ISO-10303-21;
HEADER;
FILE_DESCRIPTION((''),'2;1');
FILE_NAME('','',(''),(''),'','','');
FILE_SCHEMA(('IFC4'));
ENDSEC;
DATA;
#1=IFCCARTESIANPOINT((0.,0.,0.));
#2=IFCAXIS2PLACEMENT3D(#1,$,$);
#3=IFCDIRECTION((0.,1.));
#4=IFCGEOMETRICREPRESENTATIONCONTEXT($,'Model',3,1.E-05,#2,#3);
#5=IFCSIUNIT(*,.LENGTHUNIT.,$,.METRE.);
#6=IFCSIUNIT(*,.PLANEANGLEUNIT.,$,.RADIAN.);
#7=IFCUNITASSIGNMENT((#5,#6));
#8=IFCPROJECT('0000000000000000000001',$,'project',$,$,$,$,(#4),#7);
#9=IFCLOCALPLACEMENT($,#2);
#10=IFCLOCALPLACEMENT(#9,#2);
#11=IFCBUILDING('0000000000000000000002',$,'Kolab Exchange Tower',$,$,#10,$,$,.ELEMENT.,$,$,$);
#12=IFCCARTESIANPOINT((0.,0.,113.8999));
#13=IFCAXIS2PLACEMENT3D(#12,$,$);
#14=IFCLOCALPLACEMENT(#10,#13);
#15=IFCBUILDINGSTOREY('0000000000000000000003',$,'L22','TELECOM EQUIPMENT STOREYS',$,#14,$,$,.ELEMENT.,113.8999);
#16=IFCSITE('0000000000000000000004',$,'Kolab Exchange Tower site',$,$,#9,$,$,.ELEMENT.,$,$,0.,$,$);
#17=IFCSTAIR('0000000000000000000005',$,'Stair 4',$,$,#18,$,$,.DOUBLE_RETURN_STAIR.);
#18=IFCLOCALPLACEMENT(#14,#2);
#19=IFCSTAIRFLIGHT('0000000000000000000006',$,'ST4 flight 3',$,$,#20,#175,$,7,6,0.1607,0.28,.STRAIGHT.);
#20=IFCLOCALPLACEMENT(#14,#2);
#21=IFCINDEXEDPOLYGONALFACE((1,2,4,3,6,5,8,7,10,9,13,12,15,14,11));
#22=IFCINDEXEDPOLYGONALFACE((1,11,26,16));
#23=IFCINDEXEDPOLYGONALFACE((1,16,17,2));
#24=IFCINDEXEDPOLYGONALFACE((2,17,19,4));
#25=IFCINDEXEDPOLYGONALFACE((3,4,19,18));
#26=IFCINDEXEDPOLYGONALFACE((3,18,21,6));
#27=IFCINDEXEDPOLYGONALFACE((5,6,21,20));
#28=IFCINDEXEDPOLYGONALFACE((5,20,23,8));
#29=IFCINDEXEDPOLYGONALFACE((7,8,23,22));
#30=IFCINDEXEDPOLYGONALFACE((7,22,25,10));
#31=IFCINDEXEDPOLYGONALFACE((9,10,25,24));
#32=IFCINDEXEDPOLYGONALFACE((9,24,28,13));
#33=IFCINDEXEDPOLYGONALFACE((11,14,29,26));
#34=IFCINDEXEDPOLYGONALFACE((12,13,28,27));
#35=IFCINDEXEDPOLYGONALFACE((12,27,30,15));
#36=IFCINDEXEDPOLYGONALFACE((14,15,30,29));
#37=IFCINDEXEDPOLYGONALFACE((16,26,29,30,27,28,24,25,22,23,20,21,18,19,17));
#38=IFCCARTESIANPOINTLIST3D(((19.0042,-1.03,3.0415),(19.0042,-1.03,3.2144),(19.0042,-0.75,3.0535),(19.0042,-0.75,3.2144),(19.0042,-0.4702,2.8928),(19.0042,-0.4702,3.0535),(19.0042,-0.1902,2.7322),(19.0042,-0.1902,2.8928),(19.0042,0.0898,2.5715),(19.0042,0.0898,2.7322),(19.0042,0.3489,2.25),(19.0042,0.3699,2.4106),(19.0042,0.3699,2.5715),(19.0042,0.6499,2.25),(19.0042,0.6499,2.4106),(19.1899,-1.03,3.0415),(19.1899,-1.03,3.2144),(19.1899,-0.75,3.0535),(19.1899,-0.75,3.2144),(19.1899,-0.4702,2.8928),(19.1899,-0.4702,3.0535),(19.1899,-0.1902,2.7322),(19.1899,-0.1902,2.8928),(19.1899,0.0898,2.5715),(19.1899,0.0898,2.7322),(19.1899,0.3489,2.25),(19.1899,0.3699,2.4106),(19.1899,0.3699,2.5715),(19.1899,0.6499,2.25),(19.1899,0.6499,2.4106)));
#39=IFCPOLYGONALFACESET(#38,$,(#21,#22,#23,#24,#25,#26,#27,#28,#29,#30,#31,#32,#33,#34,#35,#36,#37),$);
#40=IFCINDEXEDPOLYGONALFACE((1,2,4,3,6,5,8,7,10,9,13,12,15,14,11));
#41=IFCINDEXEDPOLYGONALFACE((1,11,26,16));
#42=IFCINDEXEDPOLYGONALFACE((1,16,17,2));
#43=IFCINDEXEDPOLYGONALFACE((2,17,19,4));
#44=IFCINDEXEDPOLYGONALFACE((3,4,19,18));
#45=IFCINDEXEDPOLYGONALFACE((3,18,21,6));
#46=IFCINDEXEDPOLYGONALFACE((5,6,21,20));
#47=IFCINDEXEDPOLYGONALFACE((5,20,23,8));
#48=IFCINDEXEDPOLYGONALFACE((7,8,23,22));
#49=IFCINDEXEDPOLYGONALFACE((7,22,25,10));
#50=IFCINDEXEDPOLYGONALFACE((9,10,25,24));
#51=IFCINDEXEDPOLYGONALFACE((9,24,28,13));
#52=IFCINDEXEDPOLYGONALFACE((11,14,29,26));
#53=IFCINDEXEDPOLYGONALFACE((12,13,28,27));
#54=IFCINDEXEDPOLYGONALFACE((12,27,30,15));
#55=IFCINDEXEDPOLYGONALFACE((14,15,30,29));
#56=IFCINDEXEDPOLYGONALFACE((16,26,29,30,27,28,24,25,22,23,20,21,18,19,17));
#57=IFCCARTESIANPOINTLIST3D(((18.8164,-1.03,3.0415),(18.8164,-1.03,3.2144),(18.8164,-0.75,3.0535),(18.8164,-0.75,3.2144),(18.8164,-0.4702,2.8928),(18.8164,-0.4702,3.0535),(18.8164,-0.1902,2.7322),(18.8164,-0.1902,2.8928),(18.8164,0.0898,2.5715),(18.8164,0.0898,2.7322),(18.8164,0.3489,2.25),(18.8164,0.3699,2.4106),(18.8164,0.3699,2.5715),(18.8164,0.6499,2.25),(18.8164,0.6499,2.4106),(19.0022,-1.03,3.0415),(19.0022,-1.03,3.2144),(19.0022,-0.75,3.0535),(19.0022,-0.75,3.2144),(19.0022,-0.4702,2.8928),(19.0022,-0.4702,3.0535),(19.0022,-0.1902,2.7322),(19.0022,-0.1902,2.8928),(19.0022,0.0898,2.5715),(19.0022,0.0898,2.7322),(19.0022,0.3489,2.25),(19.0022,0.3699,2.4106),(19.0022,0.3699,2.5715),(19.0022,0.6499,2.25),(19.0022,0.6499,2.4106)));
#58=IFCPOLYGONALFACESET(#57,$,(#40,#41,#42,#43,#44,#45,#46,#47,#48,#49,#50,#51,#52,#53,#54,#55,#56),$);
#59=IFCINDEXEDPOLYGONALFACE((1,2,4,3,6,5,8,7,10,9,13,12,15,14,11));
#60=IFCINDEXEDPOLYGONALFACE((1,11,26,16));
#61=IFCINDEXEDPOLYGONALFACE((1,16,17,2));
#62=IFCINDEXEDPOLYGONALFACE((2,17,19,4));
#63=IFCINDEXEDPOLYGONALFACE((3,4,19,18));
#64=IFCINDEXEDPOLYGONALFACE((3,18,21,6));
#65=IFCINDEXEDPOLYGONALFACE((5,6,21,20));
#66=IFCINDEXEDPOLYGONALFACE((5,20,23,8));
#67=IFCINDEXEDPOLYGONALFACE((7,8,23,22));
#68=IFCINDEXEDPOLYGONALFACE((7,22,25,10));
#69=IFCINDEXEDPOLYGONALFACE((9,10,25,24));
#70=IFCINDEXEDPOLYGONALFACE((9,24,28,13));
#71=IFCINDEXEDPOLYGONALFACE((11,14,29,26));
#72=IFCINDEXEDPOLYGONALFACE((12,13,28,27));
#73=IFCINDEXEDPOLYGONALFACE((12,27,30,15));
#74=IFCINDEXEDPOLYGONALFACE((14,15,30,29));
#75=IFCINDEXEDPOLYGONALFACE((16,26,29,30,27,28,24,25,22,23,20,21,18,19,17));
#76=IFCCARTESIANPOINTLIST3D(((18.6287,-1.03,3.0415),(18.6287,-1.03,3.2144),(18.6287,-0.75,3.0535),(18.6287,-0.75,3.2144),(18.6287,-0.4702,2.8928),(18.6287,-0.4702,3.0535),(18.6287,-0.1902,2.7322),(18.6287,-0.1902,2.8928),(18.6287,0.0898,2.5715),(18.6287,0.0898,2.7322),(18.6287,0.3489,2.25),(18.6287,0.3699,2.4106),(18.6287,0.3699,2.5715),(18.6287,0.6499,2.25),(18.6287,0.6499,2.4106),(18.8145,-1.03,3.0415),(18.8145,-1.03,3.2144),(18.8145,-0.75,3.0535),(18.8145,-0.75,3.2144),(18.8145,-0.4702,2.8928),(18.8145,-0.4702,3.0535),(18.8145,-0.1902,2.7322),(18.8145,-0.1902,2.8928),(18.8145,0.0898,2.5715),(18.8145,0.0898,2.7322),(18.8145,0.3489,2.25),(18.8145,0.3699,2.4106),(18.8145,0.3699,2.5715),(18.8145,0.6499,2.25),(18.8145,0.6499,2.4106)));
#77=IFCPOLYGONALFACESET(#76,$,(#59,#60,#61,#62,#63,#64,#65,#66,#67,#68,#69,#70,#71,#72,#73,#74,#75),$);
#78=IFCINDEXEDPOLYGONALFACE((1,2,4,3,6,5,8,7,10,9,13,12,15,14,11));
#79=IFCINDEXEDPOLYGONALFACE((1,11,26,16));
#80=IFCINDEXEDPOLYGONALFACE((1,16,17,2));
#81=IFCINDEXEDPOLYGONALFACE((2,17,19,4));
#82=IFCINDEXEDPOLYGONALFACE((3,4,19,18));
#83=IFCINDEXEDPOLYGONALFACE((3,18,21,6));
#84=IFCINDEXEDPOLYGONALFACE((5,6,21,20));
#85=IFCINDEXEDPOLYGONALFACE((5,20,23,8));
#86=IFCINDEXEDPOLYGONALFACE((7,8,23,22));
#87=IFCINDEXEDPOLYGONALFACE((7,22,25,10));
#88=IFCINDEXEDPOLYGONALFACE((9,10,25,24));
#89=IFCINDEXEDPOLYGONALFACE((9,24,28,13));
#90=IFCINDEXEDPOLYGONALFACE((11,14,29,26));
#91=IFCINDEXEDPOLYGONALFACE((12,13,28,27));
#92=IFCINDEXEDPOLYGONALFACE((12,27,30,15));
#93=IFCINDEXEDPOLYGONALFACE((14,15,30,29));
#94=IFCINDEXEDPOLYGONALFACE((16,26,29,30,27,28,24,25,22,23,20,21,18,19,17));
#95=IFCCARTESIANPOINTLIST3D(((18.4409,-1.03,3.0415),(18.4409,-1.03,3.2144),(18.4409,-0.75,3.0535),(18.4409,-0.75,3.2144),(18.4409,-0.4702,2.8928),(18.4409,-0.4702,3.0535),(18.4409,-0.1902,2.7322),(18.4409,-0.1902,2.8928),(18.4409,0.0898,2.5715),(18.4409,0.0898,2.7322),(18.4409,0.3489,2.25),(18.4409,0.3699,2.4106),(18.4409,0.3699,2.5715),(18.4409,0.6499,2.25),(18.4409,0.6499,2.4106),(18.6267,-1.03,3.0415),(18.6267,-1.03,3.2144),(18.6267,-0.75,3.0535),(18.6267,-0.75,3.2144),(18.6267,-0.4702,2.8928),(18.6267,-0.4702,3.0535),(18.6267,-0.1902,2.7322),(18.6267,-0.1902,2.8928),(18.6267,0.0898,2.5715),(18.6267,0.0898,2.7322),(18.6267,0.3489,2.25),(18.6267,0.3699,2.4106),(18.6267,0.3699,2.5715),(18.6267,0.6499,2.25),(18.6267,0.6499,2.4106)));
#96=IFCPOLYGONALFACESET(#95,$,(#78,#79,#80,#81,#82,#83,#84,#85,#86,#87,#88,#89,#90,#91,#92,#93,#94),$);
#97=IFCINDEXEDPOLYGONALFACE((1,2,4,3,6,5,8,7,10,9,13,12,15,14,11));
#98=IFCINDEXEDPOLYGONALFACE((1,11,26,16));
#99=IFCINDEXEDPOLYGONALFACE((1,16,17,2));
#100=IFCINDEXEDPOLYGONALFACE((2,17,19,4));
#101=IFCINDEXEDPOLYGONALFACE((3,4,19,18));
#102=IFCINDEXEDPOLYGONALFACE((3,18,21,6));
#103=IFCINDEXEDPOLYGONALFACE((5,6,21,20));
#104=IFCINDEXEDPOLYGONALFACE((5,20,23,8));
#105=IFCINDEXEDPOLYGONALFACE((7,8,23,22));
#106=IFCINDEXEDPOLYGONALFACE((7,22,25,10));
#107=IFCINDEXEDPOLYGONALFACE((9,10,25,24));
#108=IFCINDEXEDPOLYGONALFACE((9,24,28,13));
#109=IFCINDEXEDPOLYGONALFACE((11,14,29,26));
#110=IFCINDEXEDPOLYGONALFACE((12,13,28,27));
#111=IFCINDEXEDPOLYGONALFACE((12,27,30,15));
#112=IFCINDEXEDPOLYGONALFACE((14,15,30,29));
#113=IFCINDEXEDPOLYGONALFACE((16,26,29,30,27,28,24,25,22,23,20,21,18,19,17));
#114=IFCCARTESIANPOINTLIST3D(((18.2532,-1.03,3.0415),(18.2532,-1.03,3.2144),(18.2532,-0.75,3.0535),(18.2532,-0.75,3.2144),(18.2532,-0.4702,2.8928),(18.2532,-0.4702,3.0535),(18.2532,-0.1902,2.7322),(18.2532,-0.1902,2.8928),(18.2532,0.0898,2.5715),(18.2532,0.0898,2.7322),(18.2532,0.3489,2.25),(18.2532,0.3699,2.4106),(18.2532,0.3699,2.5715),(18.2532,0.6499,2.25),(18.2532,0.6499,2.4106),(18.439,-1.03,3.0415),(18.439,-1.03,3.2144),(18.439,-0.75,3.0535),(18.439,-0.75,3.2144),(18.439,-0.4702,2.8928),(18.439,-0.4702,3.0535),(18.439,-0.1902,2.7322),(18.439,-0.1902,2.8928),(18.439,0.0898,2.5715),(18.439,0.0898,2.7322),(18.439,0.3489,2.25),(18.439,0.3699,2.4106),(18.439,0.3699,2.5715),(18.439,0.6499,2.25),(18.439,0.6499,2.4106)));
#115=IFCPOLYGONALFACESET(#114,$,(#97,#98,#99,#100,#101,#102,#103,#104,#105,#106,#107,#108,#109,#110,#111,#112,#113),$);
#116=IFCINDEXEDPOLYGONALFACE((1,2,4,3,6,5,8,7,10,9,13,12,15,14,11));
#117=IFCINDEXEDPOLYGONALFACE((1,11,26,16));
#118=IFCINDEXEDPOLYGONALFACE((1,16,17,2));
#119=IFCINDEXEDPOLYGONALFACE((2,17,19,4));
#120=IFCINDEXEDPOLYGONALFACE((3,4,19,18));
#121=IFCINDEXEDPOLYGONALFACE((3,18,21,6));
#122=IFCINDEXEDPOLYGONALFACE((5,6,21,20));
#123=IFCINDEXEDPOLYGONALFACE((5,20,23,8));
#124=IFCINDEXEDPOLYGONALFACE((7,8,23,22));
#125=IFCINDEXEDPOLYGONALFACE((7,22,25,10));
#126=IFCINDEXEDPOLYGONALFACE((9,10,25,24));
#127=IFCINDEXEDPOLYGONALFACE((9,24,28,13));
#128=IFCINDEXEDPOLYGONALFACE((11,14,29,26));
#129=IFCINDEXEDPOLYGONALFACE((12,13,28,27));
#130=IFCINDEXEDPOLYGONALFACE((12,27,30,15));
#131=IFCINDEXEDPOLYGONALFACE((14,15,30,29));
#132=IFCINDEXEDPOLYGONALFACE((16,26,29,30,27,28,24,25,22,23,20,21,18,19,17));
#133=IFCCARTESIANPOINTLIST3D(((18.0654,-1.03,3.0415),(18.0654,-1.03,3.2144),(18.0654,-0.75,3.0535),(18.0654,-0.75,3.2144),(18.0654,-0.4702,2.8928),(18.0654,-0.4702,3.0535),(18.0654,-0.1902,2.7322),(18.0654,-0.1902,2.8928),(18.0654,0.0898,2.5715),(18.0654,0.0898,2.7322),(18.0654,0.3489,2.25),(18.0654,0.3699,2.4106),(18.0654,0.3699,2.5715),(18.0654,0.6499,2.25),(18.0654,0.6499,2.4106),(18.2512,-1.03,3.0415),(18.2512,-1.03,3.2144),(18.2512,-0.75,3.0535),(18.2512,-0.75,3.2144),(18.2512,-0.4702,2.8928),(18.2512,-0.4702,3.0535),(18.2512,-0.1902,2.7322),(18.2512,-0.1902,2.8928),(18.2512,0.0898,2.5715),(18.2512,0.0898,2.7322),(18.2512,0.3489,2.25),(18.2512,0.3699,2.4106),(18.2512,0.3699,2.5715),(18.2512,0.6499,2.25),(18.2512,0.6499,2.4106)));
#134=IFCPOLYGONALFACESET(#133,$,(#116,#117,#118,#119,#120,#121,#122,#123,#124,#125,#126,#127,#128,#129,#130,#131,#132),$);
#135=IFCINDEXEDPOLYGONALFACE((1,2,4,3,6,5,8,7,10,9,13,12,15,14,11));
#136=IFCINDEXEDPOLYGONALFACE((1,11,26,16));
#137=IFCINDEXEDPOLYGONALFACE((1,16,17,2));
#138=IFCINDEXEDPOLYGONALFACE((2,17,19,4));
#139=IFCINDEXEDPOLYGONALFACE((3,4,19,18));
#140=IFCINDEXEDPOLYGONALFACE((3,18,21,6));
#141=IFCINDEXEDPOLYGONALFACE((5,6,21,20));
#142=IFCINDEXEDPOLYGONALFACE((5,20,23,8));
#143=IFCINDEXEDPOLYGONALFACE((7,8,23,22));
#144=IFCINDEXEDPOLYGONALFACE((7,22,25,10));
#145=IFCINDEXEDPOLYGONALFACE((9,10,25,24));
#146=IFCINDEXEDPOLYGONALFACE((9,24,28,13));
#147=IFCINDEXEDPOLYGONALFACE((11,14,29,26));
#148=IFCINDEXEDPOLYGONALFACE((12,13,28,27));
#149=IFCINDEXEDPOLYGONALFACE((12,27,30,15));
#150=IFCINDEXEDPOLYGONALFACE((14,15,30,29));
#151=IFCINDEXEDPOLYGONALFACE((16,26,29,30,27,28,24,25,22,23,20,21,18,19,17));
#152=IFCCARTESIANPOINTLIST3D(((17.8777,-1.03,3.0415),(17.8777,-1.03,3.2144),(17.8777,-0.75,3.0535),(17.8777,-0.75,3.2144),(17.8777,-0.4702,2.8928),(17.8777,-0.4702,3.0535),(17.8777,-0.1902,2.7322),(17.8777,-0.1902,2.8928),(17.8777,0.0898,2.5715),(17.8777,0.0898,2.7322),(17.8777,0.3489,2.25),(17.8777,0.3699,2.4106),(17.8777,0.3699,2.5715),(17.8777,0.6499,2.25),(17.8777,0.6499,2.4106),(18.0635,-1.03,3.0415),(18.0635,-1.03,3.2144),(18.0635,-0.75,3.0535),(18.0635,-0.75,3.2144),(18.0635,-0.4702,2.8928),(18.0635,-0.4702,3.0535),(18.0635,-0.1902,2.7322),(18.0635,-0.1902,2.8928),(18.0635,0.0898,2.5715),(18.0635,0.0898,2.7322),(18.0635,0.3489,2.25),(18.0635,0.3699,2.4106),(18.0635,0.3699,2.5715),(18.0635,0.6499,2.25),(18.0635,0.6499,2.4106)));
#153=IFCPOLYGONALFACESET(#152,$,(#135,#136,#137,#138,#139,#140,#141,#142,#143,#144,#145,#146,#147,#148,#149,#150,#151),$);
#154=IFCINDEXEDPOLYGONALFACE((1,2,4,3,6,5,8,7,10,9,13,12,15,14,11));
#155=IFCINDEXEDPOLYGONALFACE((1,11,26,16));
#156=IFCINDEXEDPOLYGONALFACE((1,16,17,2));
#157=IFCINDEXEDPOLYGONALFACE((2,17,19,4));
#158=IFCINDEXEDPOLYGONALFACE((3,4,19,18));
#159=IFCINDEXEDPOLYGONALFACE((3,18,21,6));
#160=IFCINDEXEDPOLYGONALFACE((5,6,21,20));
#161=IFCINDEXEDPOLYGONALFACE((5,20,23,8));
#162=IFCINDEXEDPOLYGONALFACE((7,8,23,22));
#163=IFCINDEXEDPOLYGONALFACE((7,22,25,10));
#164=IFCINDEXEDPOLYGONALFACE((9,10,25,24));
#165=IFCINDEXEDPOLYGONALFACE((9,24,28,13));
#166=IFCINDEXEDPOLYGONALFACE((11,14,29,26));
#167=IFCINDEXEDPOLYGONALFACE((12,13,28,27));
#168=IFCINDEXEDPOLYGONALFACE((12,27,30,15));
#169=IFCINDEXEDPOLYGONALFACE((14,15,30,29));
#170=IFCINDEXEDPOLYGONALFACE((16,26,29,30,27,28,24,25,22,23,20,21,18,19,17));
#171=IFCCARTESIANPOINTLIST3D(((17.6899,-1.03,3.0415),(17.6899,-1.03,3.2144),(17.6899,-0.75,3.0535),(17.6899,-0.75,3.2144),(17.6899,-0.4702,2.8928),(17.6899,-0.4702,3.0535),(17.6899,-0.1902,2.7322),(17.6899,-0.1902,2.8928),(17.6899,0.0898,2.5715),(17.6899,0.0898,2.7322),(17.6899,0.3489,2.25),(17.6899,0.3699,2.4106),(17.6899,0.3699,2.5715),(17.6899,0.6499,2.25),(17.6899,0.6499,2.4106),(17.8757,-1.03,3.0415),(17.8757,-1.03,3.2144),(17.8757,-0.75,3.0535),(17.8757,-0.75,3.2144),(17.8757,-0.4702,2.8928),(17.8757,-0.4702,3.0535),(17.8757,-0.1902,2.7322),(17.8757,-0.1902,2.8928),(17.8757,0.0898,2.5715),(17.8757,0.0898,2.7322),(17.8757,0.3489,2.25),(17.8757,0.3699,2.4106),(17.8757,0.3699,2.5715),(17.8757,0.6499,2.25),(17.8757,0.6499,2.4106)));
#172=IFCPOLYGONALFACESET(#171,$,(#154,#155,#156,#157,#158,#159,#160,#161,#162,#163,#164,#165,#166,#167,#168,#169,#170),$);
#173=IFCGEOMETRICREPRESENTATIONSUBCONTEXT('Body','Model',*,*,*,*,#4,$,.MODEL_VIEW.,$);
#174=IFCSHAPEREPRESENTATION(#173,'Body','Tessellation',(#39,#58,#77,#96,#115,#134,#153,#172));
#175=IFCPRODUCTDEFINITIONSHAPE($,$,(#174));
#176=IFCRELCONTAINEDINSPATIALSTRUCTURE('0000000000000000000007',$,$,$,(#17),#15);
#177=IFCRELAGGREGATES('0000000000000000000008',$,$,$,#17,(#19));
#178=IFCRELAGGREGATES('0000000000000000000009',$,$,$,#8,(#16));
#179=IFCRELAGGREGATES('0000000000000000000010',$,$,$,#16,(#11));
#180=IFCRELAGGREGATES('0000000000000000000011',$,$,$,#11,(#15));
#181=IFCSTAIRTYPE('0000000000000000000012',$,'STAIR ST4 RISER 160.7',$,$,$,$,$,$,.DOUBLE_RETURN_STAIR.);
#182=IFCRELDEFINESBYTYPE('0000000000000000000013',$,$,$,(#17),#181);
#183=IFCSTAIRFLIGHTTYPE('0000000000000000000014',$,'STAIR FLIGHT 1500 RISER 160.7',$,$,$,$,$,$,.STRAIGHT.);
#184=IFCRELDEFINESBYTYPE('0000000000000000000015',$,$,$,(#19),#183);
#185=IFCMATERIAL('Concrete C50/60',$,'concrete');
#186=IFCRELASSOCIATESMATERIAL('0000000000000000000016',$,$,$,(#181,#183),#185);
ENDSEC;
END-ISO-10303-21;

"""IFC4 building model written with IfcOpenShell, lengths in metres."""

from ifc_helpers import new_model, si_unit, direction, frame, origin, place, context, subcontext, project, spatial, polyline, outline, extrude, material, type_object, element, aggregate, save


model = new_model("IFC4")

# Units and contexts
model_context = context("Model", 3, precision=1e-05, world=origin(), true_north=direction((0.0, 1.0)))
body_context = subcontext(model_context, "Body", "Model", "MODEL_VIEW")
ifc_project = project(units=[si_unit("LENGTHUNIT", "METRE"), si_unit("PLANEANGLEUNIT", "RADIAN")], contexts=[model_context])

# Site, building, storey
site_placement = place(None, origin())
site = spatial("IfcSite", under=ifc_project, at=site_placement, Name="Kolab Exchange Tower site", CompositionType="ELEMENT", RefElevation=0.0)
building_placement = place(site_placement, origin())
building = spatial("IfcBuilding", under=site, at=building_placement, Name="Kolab Exchange Tower", CompositionType="ELEMENT")
storey_placement = place(building_placement, frame((0.0, 0.0, 113.8999)))
storey = spatial("IfcBuildingStorey", under=building, at=storey_placement, Name="L22", Description="TELECOM EQUIPMENT STOREYS", CompositionType="ELEMENT", Elevation=113.8999)

# Shared definitions
ifc_material_1 = material(Name="Concrete C50/60", Category="concrete")

# Stair, stair flight
stair_type = type_object("IfcStairType", Name="STAIR ST4 RISER 160.7", PredefinedType="DOUBLE_RETURN_STAIR", material=ifc_material_1)
stair_placement = place(storey_placement, origin())
stair = element("IfcStair", 1, at=stair_placement, inside=storey, type_object=stair_type, Name="Stair 4", PredefinedType="DOUBLE_RETURN_STAIR")
stair_flight_type = type_object("IfcStairFlightType", Name="STAIR FLIGHT 1500 RISER 160.7", PredefinedType="STRAIGHT", material=ifc_material_1)
stair_flight_1_placement = place(storey_placement, frame((18.4399, 0.6499, 2.25), z_axis=(0.0, 0.0, 1.0), x_axis=(0.0, -1.0, 0.0)))
stair_flight_1 = element("IfcStairFlight", 2, at=stair_flight_1_placement, type_object=stair_flight_type, Name="ST4 flight 3", NumberOfRisers=7, NumberOfTreads=6, PredefinedType="STRAIGHT", RiserHeight=0.1607, TreadLength=0.28, context=body_context, shape_type="SweptSolid", body=[
    extrude(outline(polyline([(0.0, 0.0), (0.0, 0.1606), (0.28, 0.1606), (0.28, 0.3215), (0.5601, 0.3215), (0.5601, 0.4822), (0.8401, 0.4822), (0.8401, 0.6428), (1.1201, 0.6428), (1.1201, 0.8035), (1.3999, 0.8035), (1.3999, 0.9644), (1.6799, 0.9644), (1.6799, 1.125), (1.6799, 0.7915), (0.301, 0.0), (0.0, 0.0)])), frame((0.0, 0.75, 0.0), z_axis=(0.0, -1.0, 0.0), x_axis=(1.0, 0.0, 0.0)), (0.0, 0.0, 1.0), 0.1858),
    extrude(outline(polyline([(0.0, 0.0), (0.0, 0.1606), (0.28, 0.1606), (0.28, 0.3215), (0.5601, 0.3215), (0.5601, 0.4822), (0.8401, 0.4822), (0.8401, 0.6428), (1.1201, 0.6428), (1.1201, 0.8035), (1.3999, 0.8035), (1.3999, 0.9644), (1.6799, 0.9644), (1.6799, 1.125), (1.6799, 0.7915), (0.301, 0.0), (0.0, 0.0)])), frame((0.0, 0.5623, 0.0), z_axis=(0.0, -1.0, 0.0), x_axis=(1.0, 0.0, 0.0)), (0.0, 0.0, 1.0), 0.1858),
    extrude(outline(polyline([(0.0, 0.0), (0.0, 0.1606), (0.28, 0.1606), (0.28, 0.3215), (0.5601, 0.3215), (0.5601, 0.4822), (0.8401, 0.4822), (0.8401, 0.6428), (1.1201, 0.6428), (1.1201, 0.8035), (1.3999, 0.8035), (1.3999, 0.9644), (1.6799, 0.9644), (1.6799, 1.125), (1.6799, 0.7915), (0.301, 0.0), (0.0, 0.0)])), frame((0.0, 0.3745, 0.0), z_axis=(0.0, -1.0, 0.0), x_axis=(1.0, 0.0, 0.0)), (0.0, 0.0, 1.0), 0.1858),
    extrude(outline(polyline([(0.0, 0.0), (0.0, 0.1606), (0.28, 0.1606), (0.28, 0.3215), (0.5601, 0.3215), (0.5601, 0.4822), (0.8401, 0.4822), (0.8401, 0.6428), (1.1201, 0.6428), (1.1201, 0.8035), (1.3999, 0.8035), (1.3999, 0.9644), (1.6799, 0.9644), (1.6799, 1.125), (1.6799, 0.7915), (0.301, 0.0), (0.0, 0.0)])), frame((0.0, 0.1868, 0.0), z_axis=(0.0, -1.0, 0.0), x_axis=(1.0, 0.0, 0.0)), (0.0, 0.0, 1.0), 0.1858),
    extrude(outline(polyline([(0.0, 0.0), (0.0, 0.1606), (0.28, 0.1606), (0.28, 0.3215), (0.5601, 0.3215), (0.5601, 0.4822), (0.8401, 0.4822), (0.8401, 0.6428), (1.1201, 0.6428), (1.1201, 0.8035), (1.3999, 0.8035), (1.3999, 0.9644), (1.6799, 0.9644), (1.6799, 1.125), (1.6799, 0.7915), (0.301, 0.0), (0.0, 0.0)])), frame((0.0, -0.001, 0.0), z_axis=(0.0, -1.0, 0.0), x_axis=(1.0, 0.0, 0.0)), (0.0, 0.0, 1.0), 0.1858),
    extrude(outline(polyline([(0.0, 0.0), (0.0, 0.1606), (0.28, 0.1606), (0.28, 0.3215), (0.5601, 0.3215), (0.5601, 0.4822), (0.8401, 0.4822), (0.8401, 0.6428), (1.1201, 0.6428), (1.1201, 0.8035), (1.3999, 0.8035), (1.3999, 0.9644), (1.6799, 0.9644), (1.6799, 1.125), (1.6799, 0.7915), (0.301, 0.0), (0.0, 0.0)])), frame((0.0, -0.1887, 0.0), z_axis=(0.0, -1.0, 0.0), x_axis=(1.0, 0.0, 0.0)), (0.0, 0.0, 1.0), 0.1858),
    extrude(outline(polyline([(0.0, 0.0), (0.0, 0.1606), (0.28, 0.1606), (0.28, 0.3215), (0.5601, 0.3215), (0.5601, 0.4822), (0.8401, 0.4822), (0.8401, 0.6428), (1.1201, 0.6428), (1.1201, 0.8035), (1.3999, 0.8035), (1.3999, 0.9644), (1.6799, 0.9644), (1.6799, 1.125), (1.6799, 0.7915), (0.301, 0.0), (0.0, 0.0)])), frame((0.0, -0.3765, 0.0), z_axis=(0.0, -1.0, 0.0), x_axis=(1.0, 0.0, 0.0)), (0.0, 0.0, 1.0), 0.1858),
    extrude(outline(polyline([(0.0, 0.0), (0.0, 0.1606), (0.28, 0.1606), (0.28, 0.3215), (0.5601, 0.3215), (0.5601, 0.4822), (0.8401, 0.4822), (0.8401, 0.6428), (1.1201, 0.6428), (1.1201, 0.8035), (1.3999, 0.8035), (1.3999, 0.9644), (1.6799, 0.9644), (1.6799, 1.125), (1.6799, 0.7915), (0.301, 0.0), (0.0, 0.0)])), frame((0.0, -0.5642, 0.0), z_axis=(0.0, -1.0, 0.0), x_axis=(1.0, 0.0, 0.0)), (0.0, 0.0, 1.0), 0.1858),
])
aggregate(stair, [stair_flight_1])

save(model, "model.ifc")
